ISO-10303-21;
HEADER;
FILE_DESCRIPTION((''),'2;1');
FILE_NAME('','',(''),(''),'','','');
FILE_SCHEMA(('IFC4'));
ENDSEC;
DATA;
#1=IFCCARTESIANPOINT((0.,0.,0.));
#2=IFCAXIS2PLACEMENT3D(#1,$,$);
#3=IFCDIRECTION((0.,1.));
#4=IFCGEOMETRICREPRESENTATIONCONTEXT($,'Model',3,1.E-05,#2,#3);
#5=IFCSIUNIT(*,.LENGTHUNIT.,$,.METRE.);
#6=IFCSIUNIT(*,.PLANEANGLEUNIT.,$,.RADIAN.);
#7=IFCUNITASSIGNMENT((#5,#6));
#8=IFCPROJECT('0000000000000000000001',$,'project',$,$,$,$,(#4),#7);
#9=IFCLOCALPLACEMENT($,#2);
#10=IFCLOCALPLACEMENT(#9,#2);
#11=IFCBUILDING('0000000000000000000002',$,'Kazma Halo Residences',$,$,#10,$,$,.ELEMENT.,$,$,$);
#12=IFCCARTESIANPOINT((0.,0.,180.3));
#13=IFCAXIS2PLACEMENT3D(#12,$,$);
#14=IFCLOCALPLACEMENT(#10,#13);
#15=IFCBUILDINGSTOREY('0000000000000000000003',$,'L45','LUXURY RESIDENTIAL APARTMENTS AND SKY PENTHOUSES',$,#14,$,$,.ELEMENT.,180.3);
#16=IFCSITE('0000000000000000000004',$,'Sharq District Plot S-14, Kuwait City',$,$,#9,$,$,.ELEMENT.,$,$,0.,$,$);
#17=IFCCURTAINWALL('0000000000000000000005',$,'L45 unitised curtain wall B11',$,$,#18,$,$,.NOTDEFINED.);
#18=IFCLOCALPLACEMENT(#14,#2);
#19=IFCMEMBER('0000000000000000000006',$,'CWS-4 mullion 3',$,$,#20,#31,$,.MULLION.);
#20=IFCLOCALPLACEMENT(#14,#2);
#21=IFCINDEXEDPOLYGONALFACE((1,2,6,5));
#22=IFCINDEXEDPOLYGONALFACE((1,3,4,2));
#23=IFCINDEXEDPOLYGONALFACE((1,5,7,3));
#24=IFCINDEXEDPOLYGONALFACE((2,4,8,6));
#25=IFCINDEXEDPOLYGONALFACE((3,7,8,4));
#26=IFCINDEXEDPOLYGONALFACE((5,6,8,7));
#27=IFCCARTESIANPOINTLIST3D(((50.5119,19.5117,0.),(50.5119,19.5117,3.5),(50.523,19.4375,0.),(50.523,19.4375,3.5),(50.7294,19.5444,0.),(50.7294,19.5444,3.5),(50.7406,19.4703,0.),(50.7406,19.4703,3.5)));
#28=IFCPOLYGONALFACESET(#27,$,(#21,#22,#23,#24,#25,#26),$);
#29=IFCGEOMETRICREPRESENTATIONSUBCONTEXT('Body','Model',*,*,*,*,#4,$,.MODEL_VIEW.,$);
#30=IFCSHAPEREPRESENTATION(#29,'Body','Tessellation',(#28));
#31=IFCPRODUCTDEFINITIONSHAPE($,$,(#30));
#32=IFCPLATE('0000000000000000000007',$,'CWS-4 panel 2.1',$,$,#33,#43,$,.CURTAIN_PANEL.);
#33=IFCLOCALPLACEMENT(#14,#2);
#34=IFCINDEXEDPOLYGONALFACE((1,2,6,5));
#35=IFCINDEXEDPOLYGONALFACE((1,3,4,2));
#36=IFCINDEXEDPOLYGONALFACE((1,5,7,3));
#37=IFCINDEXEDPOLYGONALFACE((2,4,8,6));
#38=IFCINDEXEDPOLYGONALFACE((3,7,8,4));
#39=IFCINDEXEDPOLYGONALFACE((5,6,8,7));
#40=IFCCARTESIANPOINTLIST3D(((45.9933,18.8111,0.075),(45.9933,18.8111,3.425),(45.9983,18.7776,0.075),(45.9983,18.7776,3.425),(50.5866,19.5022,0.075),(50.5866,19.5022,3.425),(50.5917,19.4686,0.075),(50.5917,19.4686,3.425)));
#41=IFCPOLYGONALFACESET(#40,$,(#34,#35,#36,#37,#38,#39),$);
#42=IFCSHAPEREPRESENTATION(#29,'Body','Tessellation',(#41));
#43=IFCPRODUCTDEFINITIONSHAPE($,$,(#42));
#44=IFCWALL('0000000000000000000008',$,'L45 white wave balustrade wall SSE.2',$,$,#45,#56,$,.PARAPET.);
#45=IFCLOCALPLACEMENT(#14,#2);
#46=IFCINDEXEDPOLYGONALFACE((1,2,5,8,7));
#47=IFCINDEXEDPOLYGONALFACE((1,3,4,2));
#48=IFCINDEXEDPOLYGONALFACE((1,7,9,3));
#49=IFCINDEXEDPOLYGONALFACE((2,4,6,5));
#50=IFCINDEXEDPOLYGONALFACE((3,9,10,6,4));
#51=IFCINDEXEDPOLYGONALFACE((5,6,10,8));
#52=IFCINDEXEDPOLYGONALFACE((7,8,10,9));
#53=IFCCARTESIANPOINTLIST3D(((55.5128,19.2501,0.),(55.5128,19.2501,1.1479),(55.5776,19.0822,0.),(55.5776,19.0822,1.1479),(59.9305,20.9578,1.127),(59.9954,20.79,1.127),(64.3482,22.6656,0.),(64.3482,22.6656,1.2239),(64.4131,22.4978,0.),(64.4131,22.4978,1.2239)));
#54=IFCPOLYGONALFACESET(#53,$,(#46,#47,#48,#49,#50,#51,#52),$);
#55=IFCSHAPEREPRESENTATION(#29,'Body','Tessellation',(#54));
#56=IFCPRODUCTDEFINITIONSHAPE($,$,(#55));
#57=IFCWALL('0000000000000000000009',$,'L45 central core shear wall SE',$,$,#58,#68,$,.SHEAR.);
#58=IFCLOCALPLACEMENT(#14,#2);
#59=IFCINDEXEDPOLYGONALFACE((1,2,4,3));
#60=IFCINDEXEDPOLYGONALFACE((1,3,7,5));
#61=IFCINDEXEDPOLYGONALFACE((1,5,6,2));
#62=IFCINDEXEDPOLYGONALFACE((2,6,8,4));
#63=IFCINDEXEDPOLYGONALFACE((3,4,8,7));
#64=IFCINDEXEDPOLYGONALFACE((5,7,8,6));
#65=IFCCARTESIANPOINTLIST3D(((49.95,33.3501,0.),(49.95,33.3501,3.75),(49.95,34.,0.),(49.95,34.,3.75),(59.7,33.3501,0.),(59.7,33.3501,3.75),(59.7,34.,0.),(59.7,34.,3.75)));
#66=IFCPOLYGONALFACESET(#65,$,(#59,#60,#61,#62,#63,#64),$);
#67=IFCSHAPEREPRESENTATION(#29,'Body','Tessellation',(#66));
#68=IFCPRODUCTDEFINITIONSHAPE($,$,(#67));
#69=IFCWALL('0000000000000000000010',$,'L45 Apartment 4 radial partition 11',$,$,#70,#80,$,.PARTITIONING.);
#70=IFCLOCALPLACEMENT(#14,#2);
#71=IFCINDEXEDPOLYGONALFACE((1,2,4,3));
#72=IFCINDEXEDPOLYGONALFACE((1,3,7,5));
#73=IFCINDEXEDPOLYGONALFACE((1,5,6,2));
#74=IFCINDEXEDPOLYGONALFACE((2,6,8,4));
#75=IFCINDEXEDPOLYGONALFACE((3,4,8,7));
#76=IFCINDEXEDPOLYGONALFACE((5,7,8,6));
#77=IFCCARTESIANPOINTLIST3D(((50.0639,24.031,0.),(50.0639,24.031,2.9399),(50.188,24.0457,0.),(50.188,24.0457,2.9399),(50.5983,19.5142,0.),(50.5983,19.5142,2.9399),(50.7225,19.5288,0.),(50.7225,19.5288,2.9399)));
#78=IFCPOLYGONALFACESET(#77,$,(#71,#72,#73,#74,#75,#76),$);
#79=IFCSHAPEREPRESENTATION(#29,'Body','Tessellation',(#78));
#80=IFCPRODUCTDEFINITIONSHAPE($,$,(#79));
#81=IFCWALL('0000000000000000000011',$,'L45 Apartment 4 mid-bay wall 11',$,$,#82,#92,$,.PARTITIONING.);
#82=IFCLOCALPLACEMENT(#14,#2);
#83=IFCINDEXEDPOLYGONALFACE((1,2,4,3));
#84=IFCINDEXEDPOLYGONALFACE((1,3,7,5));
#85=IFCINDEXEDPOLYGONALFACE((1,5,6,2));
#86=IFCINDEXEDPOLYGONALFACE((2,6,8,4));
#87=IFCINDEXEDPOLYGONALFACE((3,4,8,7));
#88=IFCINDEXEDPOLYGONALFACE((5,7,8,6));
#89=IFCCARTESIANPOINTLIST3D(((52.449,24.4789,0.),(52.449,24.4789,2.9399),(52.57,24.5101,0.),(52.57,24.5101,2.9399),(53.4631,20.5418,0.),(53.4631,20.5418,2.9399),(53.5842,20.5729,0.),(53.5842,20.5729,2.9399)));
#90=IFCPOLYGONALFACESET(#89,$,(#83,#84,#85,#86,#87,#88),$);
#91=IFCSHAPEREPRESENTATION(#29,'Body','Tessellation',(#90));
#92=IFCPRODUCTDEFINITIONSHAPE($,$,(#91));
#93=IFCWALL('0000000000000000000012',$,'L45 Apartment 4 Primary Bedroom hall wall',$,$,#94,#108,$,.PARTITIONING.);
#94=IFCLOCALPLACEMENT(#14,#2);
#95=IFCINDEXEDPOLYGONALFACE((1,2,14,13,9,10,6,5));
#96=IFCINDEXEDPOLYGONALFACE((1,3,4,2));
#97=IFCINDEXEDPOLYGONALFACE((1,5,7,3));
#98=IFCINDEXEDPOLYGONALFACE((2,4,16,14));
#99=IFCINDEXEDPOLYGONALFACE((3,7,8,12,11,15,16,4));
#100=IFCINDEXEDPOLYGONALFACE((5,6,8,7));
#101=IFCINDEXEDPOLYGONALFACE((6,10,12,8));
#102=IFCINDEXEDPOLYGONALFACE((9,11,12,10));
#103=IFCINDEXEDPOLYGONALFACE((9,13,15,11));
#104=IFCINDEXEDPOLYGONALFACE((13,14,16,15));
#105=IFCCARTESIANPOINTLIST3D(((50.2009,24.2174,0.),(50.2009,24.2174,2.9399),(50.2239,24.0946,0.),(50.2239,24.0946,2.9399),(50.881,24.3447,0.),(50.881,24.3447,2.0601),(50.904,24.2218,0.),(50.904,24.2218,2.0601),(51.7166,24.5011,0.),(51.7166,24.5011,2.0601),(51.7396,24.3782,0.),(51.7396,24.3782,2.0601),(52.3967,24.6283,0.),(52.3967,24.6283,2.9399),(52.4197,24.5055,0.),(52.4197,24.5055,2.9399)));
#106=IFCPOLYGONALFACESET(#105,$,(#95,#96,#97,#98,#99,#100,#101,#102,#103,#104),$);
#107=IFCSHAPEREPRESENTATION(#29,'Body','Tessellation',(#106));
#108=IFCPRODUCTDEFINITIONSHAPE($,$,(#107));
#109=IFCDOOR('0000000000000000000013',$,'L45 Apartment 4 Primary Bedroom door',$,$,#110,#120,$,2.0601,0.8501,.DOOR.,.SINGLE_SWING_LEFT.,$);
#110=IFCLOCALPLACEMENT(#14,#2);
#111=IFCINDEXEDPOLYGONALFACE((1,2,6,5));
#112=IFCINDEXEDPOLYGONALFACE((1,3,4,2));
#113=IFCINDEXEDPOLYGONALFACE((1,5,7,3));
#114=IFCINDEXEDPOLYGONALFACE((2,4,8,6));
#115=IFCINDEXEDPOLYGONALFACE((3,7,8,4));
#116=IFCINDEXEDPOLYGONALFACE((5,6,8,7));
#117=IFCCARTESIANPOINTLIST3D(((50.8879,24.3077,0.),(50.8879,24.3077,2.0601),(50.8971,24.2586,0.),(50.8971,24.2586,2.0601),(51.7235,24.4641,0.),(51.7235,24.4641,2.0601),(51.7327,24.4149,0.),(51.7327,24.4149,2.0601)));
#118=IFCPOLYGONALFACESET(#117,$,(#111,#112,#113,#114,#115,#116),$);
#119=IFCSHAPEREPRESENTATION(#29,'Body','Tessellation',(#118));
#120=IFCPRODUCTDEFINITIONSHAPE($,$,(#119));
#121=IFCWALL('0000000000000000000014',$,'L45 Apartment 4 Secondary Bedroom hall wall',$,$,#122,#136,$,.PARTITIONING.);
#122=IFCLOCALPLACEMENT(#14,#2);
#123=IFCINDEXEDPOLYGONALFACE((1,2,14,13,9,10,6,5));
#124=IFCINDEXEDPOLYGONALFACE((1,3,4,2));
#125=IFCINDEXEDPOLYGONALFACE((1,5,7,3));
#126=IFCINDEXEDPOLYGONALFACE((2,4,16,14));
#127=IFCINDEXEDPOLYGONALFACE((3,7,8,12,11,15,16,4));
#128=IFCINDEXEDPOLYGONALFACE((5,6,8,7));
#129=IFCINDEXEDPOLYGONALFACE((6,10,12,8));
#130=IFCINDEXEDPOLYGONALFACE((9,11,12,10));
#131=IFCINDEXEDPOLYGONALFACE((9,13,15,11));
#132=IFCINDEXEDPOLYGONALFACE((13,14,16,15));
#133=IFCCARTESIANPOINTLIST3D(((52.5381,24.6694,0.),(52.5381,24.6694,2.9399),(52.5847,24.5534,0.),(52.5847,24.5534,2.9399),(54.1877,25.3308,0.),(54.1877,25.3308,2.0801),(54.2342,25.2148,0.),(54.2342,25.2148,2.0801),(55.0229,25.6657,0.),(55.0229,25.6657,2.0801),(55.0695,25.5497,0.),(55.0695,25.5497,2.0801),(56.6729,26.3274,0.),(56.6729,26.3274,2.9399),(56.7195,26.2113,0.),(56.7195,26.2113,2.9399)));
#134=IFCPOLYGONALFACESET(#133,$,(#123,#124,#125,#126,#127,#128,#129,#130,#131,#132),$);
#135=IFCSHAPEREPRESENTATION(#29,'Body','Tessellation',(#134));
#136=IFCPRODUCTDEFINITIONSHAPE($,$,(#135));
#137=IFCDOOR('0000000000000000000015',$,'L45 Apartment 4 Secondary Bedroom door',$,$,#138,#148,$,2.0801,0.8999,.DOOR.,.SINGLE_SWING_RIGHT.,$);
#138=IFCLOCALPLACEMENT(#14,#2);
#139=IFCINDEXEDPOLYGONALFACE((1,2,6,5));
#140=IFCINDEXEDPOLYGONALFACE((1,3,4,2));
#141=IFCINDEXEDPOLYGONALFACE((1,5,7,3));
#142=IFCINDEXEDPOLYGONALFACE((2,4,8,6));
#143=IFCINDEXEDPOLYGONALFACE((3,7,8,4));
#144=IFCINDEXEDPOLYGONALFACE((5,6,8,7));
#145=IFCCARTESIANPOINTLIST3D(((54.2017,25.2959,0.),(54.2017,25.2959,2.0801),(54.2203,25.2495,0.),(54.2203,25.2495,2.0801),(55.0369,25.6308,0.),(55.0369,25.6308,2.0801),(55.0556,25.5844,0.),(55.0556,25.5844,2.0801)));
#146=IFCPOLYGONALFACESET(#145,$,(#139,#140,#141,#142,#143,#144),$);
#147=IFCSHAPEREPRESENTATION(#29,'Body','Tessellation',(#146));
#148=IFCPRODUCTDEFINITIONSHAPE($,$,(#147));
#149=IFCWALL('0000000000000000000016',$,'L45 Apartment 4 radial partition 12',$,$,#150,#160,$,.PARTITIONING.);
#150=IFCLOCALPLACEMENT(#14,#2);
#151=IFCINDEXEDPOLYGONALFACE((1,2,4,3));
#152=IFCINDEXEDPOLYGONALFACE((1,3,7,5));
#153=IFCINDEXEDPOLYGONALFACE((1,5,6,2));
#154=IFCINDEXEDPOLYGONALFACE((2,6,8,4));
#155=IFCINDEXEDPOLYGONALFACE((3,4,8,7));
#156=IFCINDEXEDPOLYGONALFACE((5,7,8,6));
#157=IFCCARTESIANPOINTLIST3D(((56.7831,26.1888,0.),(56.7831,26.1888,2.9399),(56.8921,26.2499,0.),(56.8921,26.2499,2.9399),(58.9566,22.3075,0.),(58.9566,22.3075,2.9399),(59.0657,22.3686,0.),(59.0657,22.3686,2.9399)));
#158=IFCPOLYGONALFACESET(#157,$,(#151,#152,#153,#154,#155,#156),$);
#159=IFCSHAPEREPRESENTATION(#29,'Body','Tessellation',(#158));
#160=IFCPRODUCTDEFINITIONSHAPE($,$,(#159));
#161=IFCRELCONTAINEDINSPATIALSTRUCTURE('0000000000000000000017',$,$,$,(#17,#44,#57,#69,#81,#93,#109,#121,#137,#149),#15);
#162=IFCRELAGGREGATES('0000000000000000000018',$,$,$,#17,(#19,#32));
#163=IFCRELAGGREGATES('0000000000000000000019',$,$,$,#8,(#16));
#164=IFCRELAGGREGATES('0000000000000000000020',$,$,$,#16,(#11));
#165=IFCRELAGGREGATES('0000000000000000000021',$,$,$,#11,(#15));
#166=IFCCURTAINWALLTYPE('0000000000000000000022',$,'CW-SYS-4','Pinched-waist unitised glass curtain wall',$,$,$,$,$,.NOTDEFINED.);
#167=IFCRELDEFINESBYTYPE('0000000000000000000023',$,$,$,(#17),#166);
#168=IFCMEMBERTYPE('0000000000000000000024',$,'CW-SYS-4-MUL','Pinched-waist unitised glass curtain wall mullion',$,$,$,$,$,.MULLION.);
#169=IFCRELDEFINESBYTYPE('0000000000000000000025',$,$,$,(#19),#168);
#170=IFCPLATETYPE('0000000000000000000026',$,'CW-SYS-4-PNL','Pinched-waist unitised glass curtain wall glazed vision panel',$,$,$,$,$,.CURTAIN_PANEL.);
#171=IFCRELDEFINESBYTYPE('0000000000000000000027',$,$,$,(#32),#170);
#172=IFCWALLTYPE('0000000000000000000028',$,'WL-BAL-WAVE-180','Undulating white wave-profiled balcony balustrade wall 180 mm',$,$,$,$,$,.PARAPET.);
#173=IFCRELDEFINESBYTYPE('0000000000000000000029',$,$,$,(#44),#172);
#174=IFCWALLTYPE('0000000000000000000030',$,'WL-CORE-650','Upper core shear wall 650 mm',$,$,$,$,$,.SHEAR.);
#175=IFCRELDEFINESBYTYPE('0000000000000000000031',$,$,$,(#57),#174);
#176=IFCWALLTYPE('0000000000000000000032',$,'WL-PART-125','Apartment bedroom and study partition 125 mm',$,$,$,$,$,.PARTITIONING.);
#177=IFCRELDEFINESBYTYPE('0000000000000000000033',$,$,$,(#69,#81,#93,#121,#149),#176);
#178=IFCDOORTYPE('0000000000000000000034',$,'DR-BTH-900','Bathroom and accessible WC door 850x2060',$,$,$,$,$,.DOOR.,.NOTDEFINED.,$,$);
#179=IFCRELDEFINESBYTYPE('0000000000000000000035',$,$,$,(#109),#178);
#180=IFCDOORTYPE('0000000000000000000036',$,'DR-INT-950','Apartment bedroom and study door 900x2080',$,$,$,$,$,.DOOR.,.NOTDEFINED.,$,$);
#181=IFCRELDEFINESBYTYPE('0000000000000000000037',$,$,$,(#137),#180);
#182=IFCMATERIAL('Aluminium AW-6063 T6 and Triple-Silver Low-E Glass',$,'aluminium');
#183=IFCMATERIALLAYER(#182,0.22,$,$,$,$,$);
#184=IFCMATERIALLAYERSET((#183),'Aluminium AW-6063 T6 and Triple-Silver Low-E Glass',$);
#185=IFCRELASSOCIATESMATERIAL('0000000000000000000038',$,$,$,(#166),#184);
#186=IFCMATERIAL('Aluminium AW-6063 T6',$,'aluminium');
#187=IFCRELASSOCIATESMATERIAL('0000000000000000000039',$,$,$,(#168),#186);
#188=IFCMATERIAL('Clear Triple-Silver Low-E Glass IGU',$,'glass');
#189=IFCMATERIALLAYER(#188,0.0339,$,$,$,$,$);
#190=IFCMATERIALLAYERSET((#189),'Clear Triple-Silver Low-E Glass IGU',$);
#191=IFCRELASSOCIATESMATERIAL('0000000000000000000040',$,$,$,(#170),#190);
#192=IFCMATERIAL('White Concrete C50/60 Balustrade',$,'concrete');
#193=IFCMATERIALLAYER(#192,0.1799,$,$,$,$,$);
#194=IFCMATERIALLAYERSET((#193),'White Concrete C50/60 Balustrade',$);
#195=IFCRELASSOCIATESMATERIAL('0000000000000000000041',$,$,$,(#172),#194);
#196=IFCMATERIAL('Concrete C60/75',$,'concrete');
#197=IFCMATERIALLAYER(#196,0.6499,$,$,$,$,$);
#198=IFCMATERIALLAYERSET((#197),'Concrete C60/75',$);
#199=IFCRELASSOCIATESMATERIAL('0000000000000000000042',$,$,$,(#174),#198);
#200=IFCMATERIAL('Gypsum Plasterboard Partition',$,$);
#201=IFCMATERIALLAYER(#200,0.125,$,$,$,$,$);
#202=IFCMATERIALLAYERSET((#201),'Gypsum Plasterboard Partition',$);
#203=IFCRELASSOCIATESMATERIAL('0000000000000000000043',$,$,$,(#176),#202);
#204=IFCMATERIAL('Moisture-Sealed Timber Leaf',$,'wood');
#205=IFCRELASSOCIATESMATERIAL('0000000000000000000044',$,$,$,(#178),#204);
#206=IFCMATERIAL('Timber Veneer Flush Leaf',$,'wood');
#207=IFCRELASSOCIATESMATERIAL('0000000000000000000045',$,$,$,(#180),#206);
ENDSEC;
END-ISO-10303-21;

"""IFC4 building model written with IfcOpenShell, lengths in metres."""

from ifc_helpers import new_model, si_unit, direction, frame, frame_2d, origin, origin_2d, place, context, subcontext, project, spatial, polyline, rectangle, outline, extrude, material, layer, layer_set, material_profile, profile_set, type_object, element, fill, aggregate, save


model = new_model("IFC4")

# Units and contexts
model_context = context("Model", 3, precision=1e-05, world=origin(), true_north=direction((0.0, 1.0)))
body_context = subcontext(model_context, "Body", "Model", "MODEL_VIEW")
ifc_project = project(units=[si_unit("LENGTHUNIT", "METRE"), si_unit("PLANEANGLEUNIT", "RADIAN")], contexts=[model_context])

# Site, building, storey
site_placement = place(None, origin())
site = spatial("IfcSite", under=ifc_project, at=site_placement, Name="Sharq District Plot S-14, Kuwait City", CompositionType="ELEMENT", RefElevation=0.0)
building_placement = place(site_placement, origin())
building = spatial("IfcBuilding", under=site, at=building_placement, Name="Kazma Halo Residences", CompositionType="ELEMENT")
storey_placement = place(building_placement, frame((0.0, 0.0, 180.3)))
storey = spatial("IfcBuildingStorey", under=building, at=storey_placement, Name="L45", Description="LUXURY RESIDENTIAL APARTMENTS AND SKY PENTHOUSES", CompositionType="ELEMENT", Elevation=180.3)

# Curtain wall, member, plate
ifc_material_1 = material(Name="Aluminium AW-6063 T6 and Triple-Silver Low-E Glass", Category="aluminium")
ifc_layer_1 = layer(ifc_material_1, 0.22)
ifc_layer_set_1 = layer_set([ifc_layer_1], Name="Aluminium AW-6063 T6 and Triple-Silver Low-E Glass")
curtain_wall_type = type_object("IfcCurtainWallType", Name="CW-SYS-4", Description="Pinched-waist unitised glass curtain wall", PredefinedType="NOTDEFINED", material=ifc_layer_set_1)
curtain_wall_placement = place(storey_placement, origin())
curtain_wall = element("IfcCurtainWall", 1, at=curtain_wall_placement, inside=storey, type_object=curtain_wall_type, Name="L45 unitised curtain wall B11", PredefinedType="NOTDEFINED")
ifc_material_2 = material(Name="Aluminium AW-6063 T6", Category="aluminium")
ifc_material_profile_1 = material_profile(ifc_material_2, rectangle(XDim=0.075, YDim=0.22, at=origin_2d()), Name="CWM-75x220")
ifc_profile_set_1 = profile_set([ifc_material_profile_1], Name="Aluminium AW-6063 T6")
member_type = type_object("IfcMemberType", Name="CW-SYS-4-MUL", Description="Pinched-waist unitised glass curtain wall mullion", PredefinedType="MULLION", material=ifc_profile_set_1)
member_placement = place(storey_placement, frame((50.6262, 19.491, 0.0), z_axis=(0.0, 0.0, 1.0), x_axis=(-0.148773, 0.988871, 0.0)))
member = element("IfcMember", 2, at=member_placement, type_object=member_type, Name="CWS-4 mullion 3", PredefinedType="MULLION", context=body_context, shape_type="SweptSolid", body=[
    extrude(rectangle(XDim=0.075, YDim=0.22, at=origin_2d()), origin(), (0.0, 0.0, 1.0), 3.5),
])
ifc_material_3 = material(Name="Clear Triple-Silver Low-E Glass IGU", Category="glass")
ifc_layer_2 = layer(ifc_material_3, 0.0339)
ifc_layer_set_2 = layer_set([ifc_layer_2], Name="Clear Triple-Silver Low-E Glass IGU")
plate_type = type_object("IfcPlateType", Name="CW-SYS-4-PNL", Description="Pinched-waist unitised glass curtain wall glazed vision panel", PredefinedType="CURTAIN_PANEL", material=ifc_layer_set_2)
plate_placement = place(storey_placement, frame((48.2925, 19.1399, 0.075), z_axis=(0.0, 0.0, 1.0), x_axis=(0.988871, 0.148773, 0.0)))
plate = element("IfcPlate", 3, at=plate_placement, type_object=plate_type, Name="CWS-4 panel 2.1", PredefinedType="CURTAIN_PANEL", context=body_context, shape_type="SweptSolid", body=[
    extrude(rectangle(XDim=4.645, YDim=0.0339, at=origin_2d()), origin(), (0.0, 0.0, 1.0), 3.3501),
])
aggregate(curtain_wall, [member, plate])

# Walls
ifc_material_4 = material(Name="White Concrete C50/60 Balustrade", Category="concrete")
ifc_layer_3 = layer(ifc_material_4, 0.1799)
ifc_layer_set_3 = layer_set([ifc_layer_3], Name="White Concrete C50/60 Balustrade")
wall_type_1 = type_object("IfcWallType", Name="WL-BAL-WAVE-180", Description="Undulating white wave-profiled balcony balustrade wall 180 mm", PredefinedType="PARAPET", material=ifc_layer_set_3)
wall_1_placement = place(storey_placement, frame((55.5452, 19.1663, 0.0), z_axis=(0.0, 0.0, 1.0), x_axis=(0.932733, 0.360567, 0.0)))
element("IfcWall", 4, at=wall_1_placement, inside=storey, type_object=wall_type_1, Name="L45 white wave balustrade wall SSE.2", PredefinedType="PARAPET", context=body_context, shape_type="SweptSolid", body=[
    extrude(outline(polyline([(0.0, 0.0), (9.4727, 0.0), (9.4727, 1.2239), (4.7363, 1.127), (0.0, 1.1479), (0.0, 0.0)])), frame((0.0, 0.0898, 0.0), z_axis=(0.0, -1.0, 0.0), x_axis=(1.0, 0.0, 0.0)), (0.0, 0.0, 1.0), 0.1799),
])
ifc_material_5 = material(Name="Concrete C60/75", Category="concrete")
ifc_layer_4 = layer(ifc_material_5, 0.6499)
ifc_layer_set_4 = layer_set([ifc_layer_4], Name="Concrete C60/75")
wall_type_2 = type_object("IfcWallType", Name="WL-CORE-650", Description="Upper core shear wall 650 mm", PredefinedType="SHEAR", material=ifc_layer_set_4)
wall_2_placement = place(storey_placement, frame((49.95, 33.675, 0.0), z_axis=(0.0, 0.0, 1.0), x_axis=(1.0, 0.0, 0.0)))
element("IfcWall", 5, at=wall_2_placement, inside=storey, type_object=wall_type_2, Name="L45 central core shear wall SE", PredefinedType="SHEAR", context=body_context, shape_type="SweptSolid", body=[
    extrude(rectangle(XDim=9.75, YDim=0.6499, at=frame_2d((4.875, 0.0))), origin(), (0.0, 0.0, 1.0), 3.75),
])

# Walls
ifc_material_6 = material(Name="Gypsum Plasterboard Partition")
ifc_layer_5 = layer(ifc_material_6, 0.125)
ifc_layer_set_5 = layer_set([ifc_layer_5], Name="Gypsum Plasterboard Partition")
wall_type_3 = type_object("IfcWallType", Name="WL-PART-125", Description="Apartment bedroom and study partition 125 mm", PredefinedType="PARTITIONING", material=ifc_layer_set_5)
wall_3_placement = place(storey_placement, frame((50.126, 24.0383, 0.0), z_axis=(0.0, 0.0, 1.0), x_axis=(0.117498, -0.993073, 0.0)))
element("IfcWall", 6, at=wall_3_placement, inside=storey, type_object=wall_type_3, Name="L45 Apartment 4 radial partition 11", PredefinedType="PARTITIONING", context=body_context, shape_type="SweptSolid", body=[
    extrude(rectangle(XDim=4.5483, YDim=0.125, at=frame_2d((2.2742, 0.0))), origin(), (0.0, 0.0, 1.0), 2.9399),
])
wall_4_placement = place(storey_placement, frame((52.5095, 24.4944, 0.0), z_axis=(0.0, 0.0, 1.0), x_axis=(0.249439, -0.968391, 0.0)))
element("IfcWall", 7, at=wall_4_placement, inside=storey, type_object=wall_type_3, Name="L45 Apartment 4 mid-bay wall 11", PredefinedType="PARTITIONING", context=body_context, shape_type="SweptSolid", body=[
    extrude(rectangle(XDim=4.0657, YDim=0.125, at=frame_2d((2.0327, 0.0))), origin(), (0.0, 0.0, 1.0), 2.9399),
])

# Walls, openings, doors
wall_5_placement = place(storey_placement, frame((50.2124, 24.156, 0.0), z_axis=(0.0, 0.0, 1.0), x_axis=(0.982939, 0.183932, 0.0)))
wall_5 = element("IfcWall", 8, at=wall_5_placement, inside=storey, type_object=wall_type_3, Name="L45 Apartment 4 Primary Bedroom hall wall", PredefinedType="PARTITIONING", context=body_context, shape_type="SweptSolid", body=[
    extrude(rectangle(XDim=2.2339, YDim=0.125, at=frame_2d((1.1169, 0.0))), origin(), (0.0, 0.0, 1.0), 2.9399),
])
opening_1_placement = place(wall_5_placement, frame((0.6919, 0.0, 0.0)))
opening_1 = element("IfcOpeningElement", 9, at=opening_1_placement, cuts=wall_5, PredefinedType="OPENING", context=body_context, shape_type="SweptSolid", body=[
    extrude(rectangle(XDim=0.8501, YDim=2.0601, at=frame_2d((0.425, 1.03))), frame((0.0, 0.0725, 0.0), z_axis=(0.0, -1.0, 0.0), x_axis=(1.0, 0.0, 0.0)), (0.0, 0.0, 1.0), 0.145),
])
ifc_material_7 = material(Name="Moisture-Sealed Timber Leaf", Category="wood")
door_type_1 = type_object("IfcDoorType", Name="DR-BTH-900", Description="Bathroom and accessible WC door 850x2060", OperationType="NOTDEFINED", PredefinedType="DOOR", material=ifc_material_7)
door_1_placement = place(opening_1_placement, origin())
door_1 = element("IfcDoor", 10, at=door_1_placement, inside=storey, type_object=door_type_1, Name="L45 Apartment 4 Primary Bedroom door", OperationType="SINGLE_SWING_LEFT", OverallHeight=2.0601, OverallWidth=0.8501, PredefinedType="DOOR", context=body_context, shape_type="SweptSolid", body=[
    extrude(rectangle(XDim=0.8501, YDim=2.0601, at=frame_2d((0.425, 1.03))), frame((0.0, 0.0249, 0.0), z_axis=(0.0, -1.0, 0.0), x_axis=(1.0, 0.0, 0.0)), (0.0, 0.0, 1.0), 0.05),
])
fill(opening_1, door_1)
wall_6_placement = place(storey_placement, frame((52.5613, 24.6113, 0.0), z_axis=(0.0, 0.0, 1.0), x_axis=(0.928163, 0.372175, 0.0)))
wall_6 = element("IfcWall", 11, at=wall_6_placement, inside=storey, type_object=wall_type_3, Name="L45 Apartment 4 Secondary Bedroom hall wall", PredefinedType="PARTITIONING", context=body_context, shape_type="SweptSolid", body=[
    extrude(rectangle(XDim=4.4548, YDim=0.125, at=frame_2d((2.2275, 0.0))), origin(), (0.0, 0.0, 1.0), 2.9399),
])
opening_2_placement = place(wall_6_placement, frame((1.7773, 0.0, 0.0)))
opening_2 = element("IfcOpeningElement", 12, at=opening_2_placement, cuts=wall_6, PredefinedType="OPENING", context=body_context, shape_type="SweptSolid", body=[
    extrude(rectangle(XDim=0.8999, YDim=2.0801, at=frame_2d((0.45, 1.04))), frame((0.0, 0.0725, 0.0), z_axis=(0.0, -1.0, 0.0), x_axis=(1.0, 0.0, 0.0)), (0.0, 0.0, 1.0), 0.145),
])
ifc_material_8 = material(Name="Timber Veneer Flush Leaf", Category="wood")
door_type_2 = type_object("IfcDoorType", Name="DR-INT-950", Description="Apartment bedroom and study door 900x2080", OperationType="NOTDEFINED", PredefinedType="DOOR", material=ifc_material_8)
door_2_placement = place(opening_2_placement, origin())
door_2 = element("IfcDoor", 13, at=door_2_placement, inside=storey, type_object=door_type_2, Name="L45 Apartment 4 Secondary Bedroom door", OperationType="SINGLE_SWING_RIGHT", OverallHeight=2.0801, OverallWidth=0.8999, PredefinedType="DOOR", context=body_context, shape_type="SweptSolid", body=[
    extrude(rectangle(XDim=0.8999, YDim=2.0801, at=frame_2d((0.45, 1.04))), frame((0.0, 0.0249, 0.0), z_axis=(0.0, -1.0, 0.0), x_axis=(1.0, 0.0, 0.0)), (0.0, 0.0, 1.0), 0.05),
])
fill(opening_2, door_2)

# Wall
wall_7_placement = place(storey_placement, frame((56.8376, 26.2192, 0.0), z_axis=(0.0, 0.0, 1.0), x_axis=(0.488608, -0.872503, 0.0)))
element("IfcWall", 14, at=wall_7_placement, inside=storey, type_object=wall_type_3, Name="L45 Apartment 4 radial partition 12", PredefinedType="PARTITIONING", context=body_context, shape_type="SweptSolid", body=[
    extrude(rectangle(XDim=4.4485, YDim=0.125, at=frame_2d((2.2241, 0.0))), origin(), (0.0, 0.0, 1.0), 2.9399),
])

save(model, "model.ifc")
